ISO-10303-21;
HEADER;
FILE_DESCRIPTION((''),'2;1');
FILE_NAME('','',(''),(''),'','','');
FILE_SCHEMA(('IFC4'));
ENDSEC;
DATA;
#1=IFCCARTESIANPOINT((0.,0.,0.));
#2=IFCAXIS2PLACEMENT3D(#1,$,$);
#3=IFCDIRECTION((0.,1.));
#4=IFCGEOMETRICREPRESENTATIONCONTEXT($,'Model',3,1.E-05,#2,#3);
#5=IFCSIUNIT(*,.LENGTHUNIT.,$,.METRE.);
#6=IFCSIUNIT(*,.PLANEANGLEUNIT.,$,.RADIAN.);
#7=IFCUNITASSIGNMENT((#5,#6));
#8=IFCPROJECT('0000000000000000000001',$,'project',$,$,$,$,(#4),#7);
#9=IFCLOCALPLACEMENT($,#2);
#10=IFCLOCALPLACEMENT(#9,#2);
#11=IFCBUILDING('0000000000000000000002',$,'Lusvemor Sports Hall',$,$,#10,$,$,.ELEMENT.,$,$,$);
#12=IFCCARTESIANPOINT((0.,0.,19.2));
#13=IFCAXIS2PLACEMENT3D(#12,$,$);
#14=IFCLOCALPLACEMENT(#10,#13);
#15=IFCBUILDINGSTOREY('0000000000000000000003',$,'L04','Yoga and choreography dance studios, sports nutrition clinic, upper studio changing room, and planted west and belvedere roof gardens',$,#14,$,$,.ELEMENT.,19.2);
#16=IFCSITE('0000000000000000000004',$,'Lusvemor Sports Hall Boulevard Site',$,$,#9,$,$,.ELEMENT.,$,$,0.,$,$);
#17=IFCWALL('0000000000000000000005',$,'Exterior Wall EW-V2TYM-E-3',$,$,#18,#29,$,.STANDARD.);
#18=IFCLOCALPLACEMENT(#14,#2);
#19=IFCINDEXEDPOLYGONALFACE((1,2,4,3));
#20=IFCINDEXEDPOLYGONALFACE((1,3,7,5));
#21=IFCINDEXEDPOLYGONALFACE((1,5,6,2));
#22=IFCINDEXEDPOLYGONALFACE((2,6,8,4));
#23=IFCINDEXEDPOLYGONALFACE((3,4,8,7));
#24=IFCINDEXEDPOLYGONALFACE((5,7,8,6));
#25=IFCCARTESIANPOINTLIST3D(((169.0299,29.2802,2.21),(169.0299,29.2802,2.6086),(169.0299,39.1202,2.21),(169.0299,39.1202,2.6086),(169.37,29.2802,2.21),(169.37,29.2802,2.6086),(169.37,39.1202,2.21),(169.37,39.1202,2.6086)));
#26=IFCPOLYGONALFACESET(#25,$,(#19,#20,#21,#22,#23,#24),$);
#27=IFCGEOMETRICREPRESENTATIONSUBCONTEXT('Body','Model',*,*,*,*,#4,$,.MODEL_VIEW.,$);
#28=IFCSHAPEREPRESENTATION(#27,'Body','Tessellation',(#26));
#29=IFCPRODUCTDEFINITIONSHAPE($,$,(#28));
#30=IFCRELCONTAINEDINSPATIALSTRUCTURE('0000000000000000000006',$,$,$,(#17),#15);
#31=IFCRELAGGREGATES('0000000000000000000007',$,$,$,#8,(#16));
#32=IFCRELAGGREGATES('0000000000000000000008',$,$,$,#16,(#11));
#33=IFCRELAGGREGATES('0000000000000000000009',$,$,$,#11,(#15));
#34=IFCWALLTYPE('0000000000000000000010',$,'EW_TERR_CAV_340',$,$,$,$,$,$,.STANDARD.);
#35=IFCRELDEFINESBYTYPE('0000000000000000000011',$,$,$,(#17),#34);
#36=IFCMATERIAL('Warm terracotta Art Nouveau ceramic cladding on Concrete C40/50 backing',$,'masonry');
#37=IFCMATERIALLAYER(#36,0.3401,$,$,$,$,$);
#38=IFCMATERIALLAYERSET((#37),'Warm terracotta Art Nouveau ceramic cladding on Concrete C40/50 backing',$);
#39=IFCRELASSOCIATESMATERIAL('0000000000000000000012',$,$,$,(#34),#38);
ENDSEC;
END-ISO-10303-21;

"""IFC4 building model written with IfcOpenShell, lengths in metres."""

from ifc_helpers import new_model, si_unit, direction, frame, frame_2d, origin, place, context, subcontext, project, spatial, rectangle, extrude, material, layer, layer_set, type_object, element, save


model = new_model("IFC4")

# Units and contexts
model_context = context("Model", 3, precision=1e-05, world=origin(), true_north=direction((0.0, 1.0)))
body_context = subcontext(model_context, "Body", "Model", "MODEL_VIEW")
ifc_project = project(units=[si_unit("LENGTHUNIT", "METRE"), si_unit("PLANEANGLEUNIT", "RADIAN")], contexts=[model_context])

# Site, building, storey
site_placement = place(None, origin())
site = spatial("IfcSite", under=ifc_project, at=site_placement, Name="Lusvemor Sports Hall Boulevard Site", CompositionType="ELEMENT", RefElevation=0.0)
building_placement = place(site_placement, origin())
building = spatial("IfcBuilding", under=site, at=building_placement, Name="Lusvemor Sports Hall", CompositionType="ELEMENT")
storey_placement = place(building_placement, frame((0.0, 0.0, 19.2)))
storey = spatial("IfcBuildingStorey", under=building, at=storey_placement, Name="L04", Description="Yoga and choreography dance studios, sports nutrition clinic, upper studio changing room, and planted west and belvedere roof gardens", CompositionType="ELEMENT", Elevation=19.2)

# Wall
ifc_material_1 = material(Name="Warm terracotta Art Nouveau ceramic cladding on Concrete C40/50 backing", Category="masonry")
ifc_layer = layer(ifc_material_1, 0.3401)
ifc_layer_set = layer_set([ifc_layer], Name="Warm terracotta Art Nouveau ceramic cladding on Concrete C40/50 backing")
wall_type = type_object("IfcWallType", Name="EW_TERR_CAV_340", PredefinedType="STANDARD", material=ifc_layer_set)
for number, where, z_axis, x_axis, name in (
    (1, (169.2, 39.1201, 2.21), (0.0, 0.0, 1.0), (0.0, -1.0, 0.0), "Exterior Wall EW-V2TYM-E-3"),
):
    element("IfcWall", number, at=place(storey_placement, frame(where, z_axis=z_axis, x_axis=x_axis)), inside=storey, type_object=wall_type, Name=name, PredefinedType="STANDARD", context=body_context, shape_type="SweptSolid", body=[
        extrude(rectangle(XDim=9.8401, YDim=0.3401, at=frame_2d((4.9199, 0.0))), origin(), (0.0, 0.0, 1.0), 0.3987),
    ])

save(model, "model.ifc")
